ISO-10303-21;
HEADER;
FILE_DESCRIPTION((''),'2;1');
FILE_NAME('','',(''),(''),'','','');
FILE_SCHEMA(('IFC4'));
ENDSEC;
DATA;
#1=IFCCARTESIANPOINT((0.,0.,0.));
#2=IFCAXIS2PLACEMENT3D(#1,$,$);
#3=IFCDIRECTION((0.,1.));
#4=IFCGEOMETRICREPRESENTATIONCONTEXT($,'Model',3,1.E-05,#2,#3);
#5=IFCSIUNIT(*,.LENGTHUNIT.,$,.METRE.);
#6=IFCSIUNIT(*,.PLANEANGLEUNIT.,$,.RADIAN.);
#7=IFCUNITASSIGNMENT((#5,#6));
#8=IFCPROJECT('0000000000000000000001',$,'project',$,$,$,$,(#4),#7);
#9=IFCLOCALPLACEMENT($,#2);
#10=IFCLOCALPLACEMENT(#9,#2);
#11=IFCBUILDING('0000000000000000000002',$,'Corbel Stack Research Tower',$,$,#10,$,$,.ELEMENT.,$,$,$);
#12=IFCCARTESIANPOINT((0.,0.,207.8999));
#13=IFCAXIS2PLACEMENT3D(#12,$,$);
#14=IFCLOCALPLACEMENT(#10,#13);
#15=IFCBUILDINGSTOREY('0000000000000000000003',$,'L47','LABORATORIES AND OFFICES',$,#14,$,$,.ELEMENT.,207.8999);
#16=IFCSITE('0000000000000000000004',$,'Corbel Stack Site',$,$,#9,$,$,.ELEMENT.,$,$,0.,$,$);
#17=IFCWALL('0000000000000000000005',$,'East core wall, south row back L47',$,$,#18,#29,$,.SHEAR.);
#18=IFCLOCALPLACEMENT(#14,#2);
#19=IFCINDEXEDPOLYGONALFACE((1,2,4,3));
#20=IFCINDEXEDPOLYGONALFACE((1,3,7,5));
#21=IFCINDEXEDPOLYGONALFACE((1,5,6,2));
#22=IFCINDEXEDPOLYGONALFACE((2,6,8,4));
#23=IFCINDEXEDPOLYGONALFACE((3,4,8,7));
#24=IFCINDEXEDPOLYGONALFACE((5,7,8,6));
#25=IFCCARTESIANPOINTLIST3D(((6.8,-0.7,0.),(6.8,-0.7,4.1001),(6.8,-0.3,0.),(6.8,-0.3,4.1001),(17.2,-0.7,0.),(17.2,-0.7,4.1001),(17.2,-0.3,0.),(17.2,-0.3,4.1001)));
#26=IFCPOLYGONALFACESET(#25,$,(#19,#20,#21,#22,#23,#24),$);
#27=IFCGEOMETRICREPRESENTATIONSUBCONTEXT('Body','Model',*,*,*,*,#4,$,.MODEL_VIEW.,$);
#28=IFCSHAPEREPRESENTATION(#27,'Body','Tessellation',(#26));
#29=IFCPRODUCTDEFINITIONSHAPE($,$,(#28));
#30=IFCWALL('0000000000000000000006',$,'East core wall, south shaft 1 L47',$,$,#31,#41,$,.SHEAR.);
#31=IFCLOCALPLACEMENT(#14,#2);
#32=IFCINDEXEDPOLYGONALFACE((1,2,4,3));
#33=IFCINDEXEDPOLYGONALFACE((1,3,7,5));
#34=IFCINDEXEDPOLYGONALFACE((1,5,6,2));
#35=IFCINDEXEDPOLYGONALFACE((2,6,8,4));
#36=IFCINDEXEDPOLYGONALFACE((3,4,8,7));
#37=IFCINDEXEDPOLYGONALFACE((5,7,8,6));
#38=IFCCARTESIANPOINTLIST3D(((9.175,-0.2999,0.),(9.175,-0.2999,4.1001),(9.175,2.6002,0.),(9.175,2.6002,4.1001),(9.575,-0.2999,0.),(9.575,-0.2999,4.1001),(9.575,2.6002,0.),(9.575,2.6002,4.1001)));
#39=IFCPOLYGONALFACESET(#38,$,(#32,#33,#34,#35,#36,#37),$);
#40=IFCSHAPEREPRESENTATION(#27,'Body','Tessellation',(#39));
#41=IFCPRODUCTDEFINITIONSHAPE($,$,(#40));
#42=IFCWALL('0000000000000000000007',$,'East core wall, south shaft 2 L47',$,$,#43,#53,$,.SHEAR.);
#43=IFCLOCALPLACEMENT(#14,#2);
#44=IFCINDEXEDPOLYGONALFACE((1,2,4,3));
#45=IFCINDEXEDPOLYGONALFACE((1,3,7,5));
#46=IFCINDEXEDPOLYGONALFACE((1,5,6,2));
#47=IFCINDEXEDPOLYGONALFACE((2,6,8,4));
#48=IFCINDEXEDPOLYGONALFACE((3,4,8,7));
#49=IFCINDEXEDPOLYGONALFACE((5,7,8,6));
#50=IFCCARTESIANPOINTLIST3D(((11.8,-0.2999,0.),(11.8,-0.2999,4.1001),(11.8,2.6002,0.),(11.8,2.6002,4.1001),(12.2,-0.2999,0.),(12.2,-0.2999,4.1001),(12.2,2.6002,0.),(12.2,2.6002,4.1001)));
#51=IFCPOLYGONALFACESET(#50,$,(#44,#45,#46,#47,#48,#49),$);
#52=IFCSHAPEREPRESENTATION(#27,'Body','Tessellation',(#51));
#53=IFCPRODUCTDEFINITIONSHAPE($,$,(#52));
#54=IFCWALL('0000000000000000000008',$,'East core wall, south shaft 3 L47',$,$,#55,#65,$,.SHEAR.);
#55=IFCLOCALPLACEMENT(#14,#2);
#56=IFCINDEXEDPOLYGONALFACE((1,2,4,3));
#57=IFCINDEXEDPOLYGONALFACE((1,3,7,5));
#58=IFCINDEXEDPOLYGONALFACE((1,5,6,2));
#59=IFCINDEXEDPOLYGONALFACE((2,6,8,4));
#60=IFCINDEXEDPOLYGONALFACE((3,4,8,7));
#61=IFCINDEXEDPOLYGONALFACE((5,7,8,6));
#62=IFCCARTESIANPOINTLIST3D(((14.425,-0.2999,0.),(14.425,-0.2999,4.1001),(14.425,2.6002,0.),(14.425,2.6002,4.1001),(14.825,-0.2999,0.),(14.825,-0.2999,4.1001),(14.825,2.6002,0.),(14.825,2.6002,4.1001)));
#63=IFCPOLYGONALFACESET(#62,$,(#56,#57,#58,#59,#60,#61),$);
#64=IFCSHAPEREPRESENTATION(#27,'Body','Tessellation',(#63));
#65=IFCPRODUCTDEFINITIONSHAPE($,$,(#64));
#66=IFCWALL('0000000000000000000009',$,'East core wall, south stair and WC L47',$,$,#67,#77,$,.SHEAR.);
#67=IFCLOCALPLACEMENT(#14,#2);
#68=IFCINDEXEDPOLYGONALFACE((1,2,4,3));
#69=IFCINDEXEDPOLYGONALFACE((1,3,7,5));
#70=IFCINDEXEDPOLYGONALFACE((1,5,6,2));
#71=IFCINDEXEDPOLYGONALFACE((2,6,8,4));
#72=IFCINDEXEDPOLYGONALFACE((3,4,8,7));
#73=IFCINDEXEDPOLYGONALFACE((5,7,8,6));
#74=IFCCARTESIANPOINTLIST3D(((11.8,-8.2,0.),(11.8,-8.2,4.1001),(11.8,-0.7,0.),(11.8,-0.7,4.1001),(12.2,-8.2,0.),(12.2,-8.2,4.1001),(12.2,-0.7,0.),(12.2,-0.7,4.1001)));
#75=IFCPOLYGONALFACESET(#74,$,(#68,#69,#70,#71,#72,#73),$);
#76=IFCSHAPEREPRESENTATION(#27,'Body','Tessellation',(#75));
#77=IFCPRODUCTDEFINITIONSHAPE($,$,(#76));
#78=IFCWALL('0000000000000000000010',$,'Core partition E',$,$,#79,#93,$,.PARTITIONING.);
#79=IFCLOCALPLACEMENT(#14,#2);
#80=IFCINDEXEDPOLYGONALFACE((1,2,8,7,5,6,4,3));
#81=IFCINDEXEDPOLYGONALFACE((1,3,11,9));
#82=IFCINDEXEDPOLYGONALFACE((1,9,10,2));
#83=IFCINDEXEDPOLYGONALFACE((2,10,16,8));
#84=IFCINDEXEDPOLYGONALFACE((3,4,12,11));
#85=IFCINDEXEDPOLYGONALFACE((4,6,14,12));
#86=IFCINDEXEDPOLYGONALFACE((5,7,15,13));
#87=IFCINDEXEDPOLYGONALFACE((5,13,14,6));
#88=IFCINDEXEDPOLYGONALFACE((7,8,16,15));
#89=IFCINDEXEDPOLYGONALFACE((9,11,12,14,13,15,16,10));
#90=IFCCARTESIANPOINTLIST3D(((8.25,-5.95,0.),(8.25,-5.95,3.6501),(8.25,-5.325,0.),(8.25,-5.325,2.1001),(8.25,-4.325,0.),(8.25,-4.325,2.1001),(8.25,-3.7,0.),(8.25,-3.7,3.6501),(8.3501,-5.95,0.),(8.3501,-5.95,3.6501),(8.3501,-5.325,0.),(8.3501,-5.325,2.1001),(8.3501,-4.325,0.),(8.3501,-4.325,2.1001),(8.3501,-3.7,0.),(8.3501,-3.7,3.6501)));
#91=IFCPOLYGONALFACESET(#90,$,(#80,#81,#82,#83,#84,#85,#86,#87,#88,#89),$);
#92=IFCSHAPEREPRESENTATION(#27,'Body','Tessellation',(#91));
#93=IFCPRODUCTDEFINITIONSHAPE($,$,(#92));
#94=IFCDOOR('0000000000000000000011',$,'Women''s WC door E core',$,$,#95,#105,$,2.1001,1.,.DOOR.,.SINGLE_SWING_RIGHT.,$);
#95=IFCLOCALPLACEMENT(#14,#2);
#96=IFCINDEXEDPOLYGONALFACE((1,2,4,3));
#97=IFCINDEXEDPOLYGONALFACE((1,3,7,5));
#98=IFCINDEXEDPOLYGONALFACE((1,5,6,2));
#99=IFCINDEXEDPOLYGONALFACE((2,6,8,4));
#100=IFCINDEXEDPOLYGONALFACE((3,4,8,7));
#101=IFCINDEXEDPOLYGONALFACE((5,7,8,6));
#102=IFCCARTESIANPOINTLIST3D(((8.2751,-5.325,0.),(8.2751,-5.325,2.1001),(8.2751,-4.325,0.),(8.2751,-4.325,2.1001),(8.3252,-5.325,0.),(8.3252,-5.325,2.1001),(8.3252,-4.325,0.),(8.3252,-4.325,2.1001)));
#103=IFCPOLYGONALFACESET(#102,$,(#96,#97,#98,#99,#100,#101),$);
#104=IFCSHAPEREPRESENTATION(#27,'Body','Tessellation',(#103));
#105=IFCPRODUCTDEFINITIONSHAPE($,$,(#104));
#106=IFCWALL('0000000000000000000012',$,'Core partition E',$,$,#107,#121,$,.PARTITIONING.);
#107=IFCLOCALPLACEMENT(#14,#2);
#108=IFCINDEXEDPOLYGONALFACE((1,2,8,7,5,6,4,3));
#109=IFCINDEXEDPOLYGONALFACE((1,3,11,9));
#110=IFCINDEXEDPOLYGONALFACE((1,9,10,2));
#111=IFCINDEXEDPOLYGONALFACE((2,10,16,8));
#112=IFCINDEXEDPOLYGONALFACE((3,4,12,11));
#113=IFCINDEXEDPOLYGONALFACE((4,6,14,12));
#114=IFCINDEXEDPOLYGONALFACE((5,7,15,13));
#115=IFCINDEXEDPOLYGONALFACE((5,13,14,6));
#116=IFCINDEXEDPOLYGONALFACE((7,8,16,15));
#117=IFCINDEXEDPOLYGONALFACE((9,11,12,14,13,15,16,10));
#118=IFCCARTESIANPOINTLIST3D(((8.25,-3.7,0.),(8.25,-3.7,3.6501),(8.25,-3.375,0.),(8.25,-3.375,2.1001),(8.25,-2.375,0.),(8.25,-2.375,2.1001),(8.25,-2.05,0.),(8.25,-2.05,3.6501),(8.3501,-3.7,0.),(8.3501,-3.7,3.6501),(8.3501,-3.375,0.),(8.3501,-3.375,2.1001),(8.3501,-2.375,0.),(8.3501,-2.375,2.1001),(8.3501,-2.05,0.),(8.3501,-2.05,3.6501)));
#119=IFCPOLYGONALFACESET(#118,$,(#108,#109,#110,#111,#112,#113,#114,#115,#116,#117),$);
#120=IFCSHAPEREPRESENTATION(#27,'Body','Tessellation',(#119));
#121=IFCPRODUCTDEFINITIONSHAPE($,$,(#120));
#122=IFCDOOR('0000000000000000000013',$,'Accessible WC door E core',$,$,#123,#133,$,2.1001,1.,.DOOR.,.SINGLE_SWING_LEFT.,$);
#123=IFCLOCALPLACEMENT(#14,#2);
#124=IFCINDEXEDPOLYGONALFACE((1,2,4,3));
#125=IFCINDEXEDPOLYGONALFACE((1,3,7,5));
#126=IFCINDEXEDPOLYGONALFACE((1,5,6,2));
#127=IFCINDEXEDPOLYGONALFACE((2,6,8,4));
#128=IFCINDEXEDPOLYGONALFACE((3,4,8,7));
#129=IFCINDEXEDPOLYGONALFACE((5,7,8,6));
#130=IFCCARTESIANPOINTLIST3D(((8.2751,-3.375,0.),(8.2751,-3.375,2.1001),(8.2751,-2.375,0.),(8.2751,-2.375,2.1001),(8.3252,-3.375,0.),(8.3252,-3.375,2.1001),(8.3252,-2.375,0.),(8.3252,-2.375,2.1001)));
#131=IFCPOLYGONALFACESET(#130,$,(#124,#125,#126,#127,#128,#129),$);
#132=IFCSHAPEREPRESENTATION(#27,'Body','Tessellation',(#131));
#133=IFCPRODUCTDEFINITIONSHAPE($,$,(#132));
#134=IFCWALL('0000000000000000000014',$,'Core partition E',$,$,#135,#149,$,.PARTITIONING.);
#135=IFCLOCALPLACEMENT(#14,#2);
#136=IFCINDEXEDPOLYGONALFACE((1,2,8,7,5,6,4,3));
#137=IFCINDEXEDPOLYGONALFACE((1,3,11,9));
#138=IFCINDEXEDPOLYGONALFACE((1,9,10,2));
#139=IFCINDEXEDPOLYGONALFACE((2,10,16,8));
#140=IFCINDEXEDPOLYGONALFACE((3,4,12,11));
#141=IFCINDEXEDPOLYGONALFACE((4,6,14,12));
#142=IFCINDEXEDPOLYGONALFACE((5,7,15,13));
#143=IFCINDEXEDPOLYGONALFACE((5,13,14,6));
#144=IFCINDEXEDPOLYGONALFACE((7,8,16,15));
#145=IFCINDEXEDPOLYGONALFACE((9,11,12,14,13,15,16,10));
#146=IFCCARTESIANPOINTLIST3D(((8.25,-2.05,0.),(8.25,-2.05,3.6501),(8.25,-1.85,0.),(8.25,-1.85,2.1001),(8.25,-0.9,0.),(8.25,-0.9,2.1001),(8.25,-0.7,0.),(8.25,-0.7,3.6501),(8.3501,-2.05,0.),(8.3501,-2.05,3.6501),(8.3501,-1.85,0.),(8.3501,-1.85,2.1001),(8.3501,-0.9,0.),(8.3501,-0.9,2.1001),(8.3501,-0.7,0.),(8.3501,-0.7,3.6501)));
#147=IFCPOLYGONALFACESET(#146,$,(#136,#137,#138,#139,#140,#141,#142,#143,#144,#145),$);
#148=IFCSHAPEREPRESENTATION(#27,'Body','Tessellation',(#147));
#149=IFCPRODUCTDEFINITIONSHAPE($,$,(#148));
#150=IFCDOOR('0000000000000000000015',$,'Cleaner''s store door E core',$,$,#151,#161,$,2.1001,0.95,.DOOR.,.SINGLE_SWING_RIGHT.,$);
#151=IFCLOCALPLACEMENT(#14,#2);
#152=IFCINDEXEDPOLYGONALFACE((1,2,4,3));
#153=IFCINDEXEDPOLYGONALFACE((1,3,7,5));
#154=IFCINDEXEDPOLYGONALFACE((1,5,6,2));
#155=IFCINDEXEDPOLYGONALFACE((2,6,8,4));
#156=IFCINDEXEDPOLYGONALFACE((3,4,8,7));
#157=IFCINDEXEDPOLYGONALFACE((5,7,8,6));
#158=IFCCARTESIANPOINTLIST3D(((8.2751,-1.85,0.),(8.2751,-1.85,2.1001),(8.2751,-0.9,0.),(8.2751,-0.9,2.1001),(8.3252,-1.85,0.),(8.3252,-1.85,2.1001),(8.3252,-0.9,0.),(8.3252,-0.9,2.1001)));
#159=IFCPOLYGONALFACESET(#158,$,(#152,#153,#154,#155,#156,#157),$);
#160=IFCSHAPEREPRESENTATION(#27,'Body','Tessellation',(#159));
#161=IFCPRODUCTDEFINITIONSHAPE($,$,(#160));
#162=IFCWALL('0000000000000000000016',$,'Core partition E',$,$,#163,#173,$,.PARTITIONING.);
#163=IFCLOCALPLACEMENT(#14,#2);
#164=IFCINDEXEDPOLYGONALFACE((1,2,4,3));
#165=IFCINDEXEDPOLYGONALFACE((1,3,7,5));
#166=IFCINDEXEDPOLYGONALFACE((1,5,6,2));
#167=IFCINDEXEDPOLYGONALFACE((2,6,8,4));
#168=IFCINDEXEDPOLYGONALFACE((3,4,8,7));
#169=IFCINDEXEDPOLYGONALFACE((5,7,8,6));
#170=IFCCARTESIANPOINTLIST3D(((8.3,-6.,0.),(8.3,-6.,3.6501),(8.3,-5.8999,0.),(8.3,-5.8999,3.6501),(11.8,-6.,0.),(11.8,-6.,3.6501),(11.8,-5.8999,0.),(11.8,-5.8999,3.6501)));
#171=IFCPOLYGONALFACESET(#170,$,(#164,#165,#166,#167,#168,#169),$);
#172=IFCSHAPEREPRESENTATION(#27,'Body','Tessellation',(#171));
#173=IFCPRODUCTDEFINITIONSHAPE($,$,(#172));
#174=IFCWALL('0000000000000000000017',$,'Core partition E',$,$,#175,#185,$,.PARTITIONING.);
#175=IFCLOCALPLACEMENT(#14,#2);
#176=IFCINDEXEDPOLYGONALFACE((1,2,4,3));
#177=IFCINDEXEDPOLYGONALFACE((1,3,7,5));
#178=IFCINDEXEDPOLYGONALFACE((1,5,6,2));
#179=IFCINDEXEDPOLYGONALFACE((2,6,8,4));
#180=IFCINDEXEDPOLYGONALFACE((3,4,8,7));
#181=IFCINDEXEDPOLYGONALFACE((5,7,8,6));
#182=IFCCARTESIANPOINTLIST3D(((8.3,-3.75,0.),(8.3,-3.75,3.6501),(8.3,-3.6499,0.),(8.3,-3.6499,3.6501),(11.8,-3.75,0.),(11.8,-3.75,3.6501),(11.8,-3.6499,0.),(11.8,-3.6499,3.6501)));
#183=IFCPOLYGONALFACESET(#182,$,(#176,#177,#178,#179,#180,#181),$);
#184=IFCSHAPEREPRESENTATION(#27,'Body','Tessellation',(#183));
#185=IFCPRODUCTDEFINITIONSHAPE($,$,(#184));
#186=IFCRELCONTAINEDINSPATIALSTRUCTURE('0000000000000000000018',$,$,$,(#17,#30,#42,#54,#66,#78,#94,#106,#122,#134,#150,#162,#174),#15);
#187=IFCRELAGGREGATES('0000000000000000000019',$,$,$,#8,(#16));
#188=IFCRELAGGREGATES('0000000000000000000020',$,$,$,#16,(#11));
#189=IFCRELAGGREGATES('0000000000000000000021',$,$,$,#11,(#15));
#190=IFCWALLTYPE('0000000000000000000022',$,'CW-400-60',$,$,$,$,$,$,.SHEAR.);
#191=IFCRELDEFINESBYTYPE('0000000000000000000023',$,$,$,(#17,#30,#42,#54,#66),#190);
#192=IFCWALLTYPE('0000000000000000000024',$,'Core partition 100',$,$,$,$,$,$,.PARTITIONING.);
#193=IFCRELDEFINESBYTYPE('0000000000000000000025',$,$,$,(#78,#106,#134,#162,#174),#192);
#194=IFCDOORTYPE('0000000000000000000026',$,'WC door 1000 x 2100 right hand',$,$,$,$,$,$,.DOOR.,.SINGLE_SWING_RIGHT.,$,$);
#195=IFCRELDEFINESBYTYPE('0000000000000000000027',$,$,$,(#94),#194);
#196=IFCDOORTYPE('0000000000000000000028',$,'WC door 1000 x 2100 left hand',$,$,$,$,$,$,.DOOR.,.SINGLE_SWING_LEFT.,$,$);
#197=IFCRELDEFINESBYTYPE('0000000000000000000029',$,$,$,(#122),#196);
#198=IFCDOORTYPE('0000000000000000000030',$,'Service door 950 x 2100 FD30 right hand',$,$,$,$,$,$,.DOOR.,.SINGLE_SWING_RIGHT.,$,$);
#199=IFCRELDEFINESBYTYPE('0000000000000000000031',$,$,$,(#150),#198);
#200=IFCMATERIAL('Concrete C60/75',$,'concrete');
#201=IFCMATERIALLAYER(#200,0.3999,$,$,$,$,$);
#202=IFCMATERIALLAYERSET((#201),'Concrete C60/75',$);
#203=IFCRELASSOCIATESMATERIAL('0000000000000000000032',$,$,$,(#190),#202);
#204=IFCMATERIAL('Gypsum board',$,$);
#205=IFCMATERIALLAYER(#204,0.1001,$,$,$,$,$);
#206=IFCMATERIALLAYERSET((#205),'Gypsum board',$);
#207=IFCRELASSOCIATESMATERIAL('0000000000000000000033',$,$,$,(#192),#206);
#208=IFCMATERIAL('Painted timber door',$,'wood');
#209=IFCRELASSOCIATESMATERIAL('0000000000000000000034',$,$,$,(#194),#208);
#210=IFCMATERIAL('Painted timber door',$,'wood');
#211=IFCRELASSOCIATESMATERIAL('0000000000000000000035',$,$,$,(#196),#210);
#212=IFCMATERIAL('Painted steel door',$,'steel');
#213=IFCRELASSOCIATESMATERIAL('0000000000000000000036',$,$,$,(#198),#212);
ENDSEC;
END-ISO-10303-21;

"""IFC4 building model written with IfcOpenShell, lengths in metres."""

from ifc_helpers import new_model, si_unit, direction, frame, frame_2d, origin, place, context, subcontext, project, spatial, rectangle, extrude, material, layer, layer_set, type_object, element, fill, save


model = new_model("IFC4")

# Units and contexts
model_context = context("Model", 3, precision=1e-05, world=origin(), true_north=direction((0.0, 1.0)))
body_context = subcontext(model_context, "Body", "Model", "MODEL_VIEW")
ifc_project = project(units=[si_unit("LENGTHUNIT", "METRE"), si_unit("PLANEANGLEUNIT", "RADIAN")], contexts=[model_context])

# Site, building, storey
site_placement = place(None, origin())
site = spatial("IfcSite", under=ifc_project, at=site_placement, Name="Corbel Stack Site", CompositionType="ELEMENT", RefElevation=0.0)
building_placement = place(site_placement, origin())
building = spatial("IfcBuilding", under=site, at=building_placement, Name="Corbel Stack Research Tower", CompositionType="ELEMENT")
storey_placement = place(building_placement, frame((0.0, 0.0, 207.8999)))
storey = spatial("IfcBuildingStorey", under=building, at=storey_placement, Name="L47", Description="LABORATORIES AND OFFICES", CompositionType="ELEMENT", Elevation=207.8999)

# Walls
ifc_material_1 = material(Name="Concrete C60/75", Category="concrete")
ifc_layer_1 = layer(ifc_material_1, 0.3999)
ifc_layer_set_1 = layer_set([ifc_layer_1], Name="Concrete C60/75")
wall_type_1 = type_object("IfcWallType", Name="CW-400-60", PredefinedType="SHEAR", material=ifc_layer_set_1)
wall_1_placement = place(storey_placement, frame((6.8, -0.5, 0.0), z_axis=(0.0, 0.0, 1.0), x_axis=(1.0, 0.0, 0.0)))
element("IfcWall", 1, at=wall_1_placement, inside=storey, type_object=wall_type_1, Name="East core wall, south row back L47", PredefinedType="SHEAR", context=body_context, shape_type="SweptSolid", body=[
    extrude(rectangle(XDim=10.3999, YDim=0.3999, at=frame_2d((5.2, 0.0))), origin(), (0.0, 0.0, 1.0), 4.1001),
])
for number, where, z_axis, x_axis, name in (
    (2, (9.375, -0.3, 0.0), (0.0, 0.0, 1.0), (0.0, 1.0, 0.0), "East core wall, south shaft 1 L47"),
    (3, (12.0, -0.3, 0.0), (0.0, 0.0, 1.0), (0.0, 1.0, 0.0), "East core wall, south shaft 2 L47"),
    (4, (14.625, -0.3, 0.0), (0.0, 0.0, 1.0), (0.0, 1.0, 0.0), "East core wall, south shaft 3 L47"),
):
    element("IfcWall", number, at=place(storey_placement, frame(where, z_axis=z_axis, x_axis=x_axis)), inside=storey, type_object=wall_type_1, Name=name, PredefinedType="SHEAR", context=body_context, shape_type="SweptSolid", body=[
        extrude(rectangle(XDim=2.9001, YDim=0.3999, at=frame_2d((1.4502, 0.0))), origin(), (0.0, 0.0, 1.0), 4.1001),
    ])
wall_2_placement = place(storey_placement, frame((12.0, -8.2, 0.0), z_axis=(0.0, 0.0, 1.0), x_axis=(0.0, 1.0, 0.0)))
element("IfcWall", 5, at=wall_2_placement, inside=storey, type_object=wall_type_1, Name="East core wall, south stair and WC L47", PredefinedType="SHEAR", context=body_context, shape_type="SweptSolid", body=[
    extrude(rectangle(XDim=7.5, YDim=0.3999, at=frame_2d((3.75, 0.0))), origin(), (0.0, 0.0, 1.0), 4.1001),
])

# Walls, openings, doors
ifc_material_2 = material(Name="Gypsum board")
ifc_layer_2 = layer(ifc_material_2, 0.1001)
ifc_layer_set_2 = layer_set([ifc_layer_2], Name="Gypsum board")
wall_type_2 = type_object("IfcWallType", Name="Core partition 100", PredefinedType="PARTITIONING", material=ifc_layer_set_2)
wall_3_placement = place(storey_placement, frame((8.3, -5.95, 0.0), z_axis=(0.0, 0.0, 1.0), x_axis=(0.0, 1.0, 0.0)))
wall_3 = element("IfcWall", 6, at=wall_3_placement, inside=storey, type_object=wall_type_2, Name="Core partition E", PredefinedType="PARTITIONING", context=body_context, shape_type="SweptSolid", body=[
    extrude(rectangle(XDim=2.25, YDim=0.1001, at=frame_2d((1.125, 0.0))), origin(), (0.0, 0.0, 1.0), 3.6501),
])
opening_1_placement = place(wall_3_placement, frame((0.625, 0.0, 0.0)))
opening_1 = element("IfcOpeningElement", 7, at=opening_1_placement, cuts=wall_3, PredefinedType="OPENING", context=body_context, shape_type="SweptSolid", body=[
    extrude(rectangle(XDim=1.0, YDim=2.1001, at=frame_2d((0.5, 1.05))), frame((0.0, 0.0601, 0.0), z_axis=(0.0, -1.0, 0.0), x_axis=(1.0, 0.0, 0.0)), (0.0, 0.0, 1.0), 0.1201),
])
ifc_material_3 = material(Name="Painted timber door", Category="wood")
door_type_1 = type_object("IfcDoorType", Name="WC door 1000 x 2100 right hand", OperationType="SINGLE_SWING_RIGHT", PredefinedType="DOOR", material=ifc_material_3)
door_1_placement = place(opening_1_placement, origin())
door_1 = element("IfcDoor", 8, at=door_1_placement, inside=storey, type_object=door_type_1, Name="Women's WC door E core", OperationType="SINGLE_SWING_RIGHT", OverallHeight=2.1001, OverallWidth=1.0, PredefinedType="DOOR", context=body_context, shape_type="SweptSolid", body=[
    extrude(rectangle(XDim=1.0, YDim=2.1001, at=frame_2d((0.5, 1.05))), frame((0.0, 0.0249, 0.0), z_axis=(0.0, -1.0, 0.0), x_axis=(1.0, 0.0, 0.0)), (0.0, 0.0, 1.0), 0.05),
])
fill(opening_1, door_1)
wall_4_placement = place(storey_placement, frame((8.3, -3.7, 0.0), z_axis=(0.0, 0.0, 1.0), x_axis=(0.0, 1.0, 0.0)))
wall_4 = element("IfcWall", 9, at=wall_4_placement, inside=storey, type_object=wall_type_2, Name="Core partition E", PredefinedType="PARTITIONING", context=body_context, shape_type="SweptSolid", body=[
    extrude(rectangle(XDim=1.6499, YDim=0.1001, at=frame_2d((0.825, 0.0))), origin(), (0.0, 0.0, 1.0), 3.6501),
])
opening_2_placement = place(wall_4_placement, frame((0.325, 0.0, 0.0)))
opening_2 = element("IfcOpeningElement", 10, at=opening_2_placement, cuts=wall_4, PredefinedType="OPENING", context=body_context, shape_type="SweptSolid", body=[
    extrude(rectangle(XDim=1.0, YDim=2.1001, at=frame_2d((0.5, 1.05))), frame((0.0, 0.0601, 0.0), z_axis=(0.0, -1.0, 0.0), x_axis=(1.0, 0.0, 0.0)), (0.0, 0.0, 1.0), 0.1201),
])
ifc_material_4 = material(Name="Painted timber door", Category="wood")
door_type_2 = type_object("IfcDoorType", Name="WC door 1000 x 2100 left hand", OperationType="SINGLE_SWING_LEFT", PredefinedType="DOOR", material=ifc_material_4)
door_2_placement = place(opening_2_placement, origin())
door_2 = element("IfcDoor", 11, at=door_2_placement, inside=storey, type_object=door_type_2, Name="Accessible WC door E core", OperationType="SINGLE_SWING_LEFT", OverallHeight=2.1001, OverallWidth=1.0, PredefinedType="DOOR", context=body_context, shape_type="SweptSolid", body=[
    extrude(rectangle(XDim=1.0, YDim=2.1001, at=frame_2d((0.5, 1.05))), frame((0.0, 0.0249, 0.0), z_axis=(0.0, -1.0, 0.0), x_axis=(1.0, 0.0, 0.0)), (0.0, 0.0, 1.0), 0.05),
])
fill(opening_2, door_2)
wall_5_placement = place(storey_placement, frame((8.3, -2.05, 0.0), z_axis=(0.0, 0.0, 1.0), x_axis=(0.0, 1.0, 0.0)))
wall_5 = element("IfcWall", 12, at=wall_5_placement, inside=storey, type_object=wall_type_2, Name="Core partition E", PredefinedType="PARTITIONING", context=body_context, shape_type="SweptSolid", body=[
    extrude(rectangle(XDim=1.3501, YDim=0.1001, at=frame_2d((0.675, 0.0))), origin(), (0.0, 0.0, 1.0), 3.6501),
])
opening_3_placement = place(wall_5_placement, frame((0.2, 0.0, 0.0)))
opening_3 = element("IfcOpeningElement", 13, at=opening_3_placement, cuts=wall_5, PredefinedType="OPENING", context=body_context, shape_type="SweptSolid", body=[
    extrude(rectangle(XDim=0.95, YDim=2.1001, at=frame_2d((0.4751, 1.05))), frame((0.0, 0.0601, 0.0), z_axis=(0.0, -1.0, 0.0), x_axis=(1.0, 0.0, 0.0)), (0.0, 0.0, 1.0), 0.1201),
])
ifc_material_5 = material(Name="Painted steel door", Category="steel")
door_type_3 = type_object("IfcDoorType", Name="Service door 950 x 2100 FD30 right hand", OperationType="SINGLE_SWING_RIGHT", PredefinedType="DOOR", material=ifc_material_5)
door_3_placement = place(opening_3_placement, origin())
door_3 = element("IfcDoor", 14, at=door_3_placement, inside=storey, type_object=door_type_3, Name="Cleaner's store door E core", OperationType="SINGLE_SWING_RIGHT", OverallHeight=2.1001, OverallWidth=0.95, PredefinedType="DOOR", context=body_context, shape_type="SweptSolid", body=[
    extrude(rectangle(XDim=0.95, YDim=2.1001, at=frame_2d((0.4751, 1.05))), frame((0.0, 0.0249, 0.0), z_axis=(0.0, -1.0, 0.0), x_axis=(1.0, 0.0, 0.0)), (0.0, 0.0, 1.0), 0.05),
])
fill(opening_3, door_3)

# Walls
for number, where, z_axis, x_axis, name in (
    (15, (8.3, -5.95, 0.0), (0.0, 0.0, 1.0), (1.0, 0.0, 0.0), "Core partition E"),
    (16, (8.3, -3.7, 0.0), (0.0, 0.0, 1.0), (1.0, 0.0, 0.0), "Core partition E"),
):
    element("IfcWall", number, at=place(storey_placement, frame(where, z_axis=z_axis, x_axis=x_axis)), inside=storey, type_object=wall_type_2, Name=name, PredefinedType="PARTITIONING", context=body_context, shape_type="SweptSolid", body=[
        extrude(rectangle(XDim=3.5, YDim=0.1001, at=frame_2d((1.75, 0.0))), origin(), (0.0, 0.0, 1.0), 3.6501),
    ])

save(model, "model.ifc")
